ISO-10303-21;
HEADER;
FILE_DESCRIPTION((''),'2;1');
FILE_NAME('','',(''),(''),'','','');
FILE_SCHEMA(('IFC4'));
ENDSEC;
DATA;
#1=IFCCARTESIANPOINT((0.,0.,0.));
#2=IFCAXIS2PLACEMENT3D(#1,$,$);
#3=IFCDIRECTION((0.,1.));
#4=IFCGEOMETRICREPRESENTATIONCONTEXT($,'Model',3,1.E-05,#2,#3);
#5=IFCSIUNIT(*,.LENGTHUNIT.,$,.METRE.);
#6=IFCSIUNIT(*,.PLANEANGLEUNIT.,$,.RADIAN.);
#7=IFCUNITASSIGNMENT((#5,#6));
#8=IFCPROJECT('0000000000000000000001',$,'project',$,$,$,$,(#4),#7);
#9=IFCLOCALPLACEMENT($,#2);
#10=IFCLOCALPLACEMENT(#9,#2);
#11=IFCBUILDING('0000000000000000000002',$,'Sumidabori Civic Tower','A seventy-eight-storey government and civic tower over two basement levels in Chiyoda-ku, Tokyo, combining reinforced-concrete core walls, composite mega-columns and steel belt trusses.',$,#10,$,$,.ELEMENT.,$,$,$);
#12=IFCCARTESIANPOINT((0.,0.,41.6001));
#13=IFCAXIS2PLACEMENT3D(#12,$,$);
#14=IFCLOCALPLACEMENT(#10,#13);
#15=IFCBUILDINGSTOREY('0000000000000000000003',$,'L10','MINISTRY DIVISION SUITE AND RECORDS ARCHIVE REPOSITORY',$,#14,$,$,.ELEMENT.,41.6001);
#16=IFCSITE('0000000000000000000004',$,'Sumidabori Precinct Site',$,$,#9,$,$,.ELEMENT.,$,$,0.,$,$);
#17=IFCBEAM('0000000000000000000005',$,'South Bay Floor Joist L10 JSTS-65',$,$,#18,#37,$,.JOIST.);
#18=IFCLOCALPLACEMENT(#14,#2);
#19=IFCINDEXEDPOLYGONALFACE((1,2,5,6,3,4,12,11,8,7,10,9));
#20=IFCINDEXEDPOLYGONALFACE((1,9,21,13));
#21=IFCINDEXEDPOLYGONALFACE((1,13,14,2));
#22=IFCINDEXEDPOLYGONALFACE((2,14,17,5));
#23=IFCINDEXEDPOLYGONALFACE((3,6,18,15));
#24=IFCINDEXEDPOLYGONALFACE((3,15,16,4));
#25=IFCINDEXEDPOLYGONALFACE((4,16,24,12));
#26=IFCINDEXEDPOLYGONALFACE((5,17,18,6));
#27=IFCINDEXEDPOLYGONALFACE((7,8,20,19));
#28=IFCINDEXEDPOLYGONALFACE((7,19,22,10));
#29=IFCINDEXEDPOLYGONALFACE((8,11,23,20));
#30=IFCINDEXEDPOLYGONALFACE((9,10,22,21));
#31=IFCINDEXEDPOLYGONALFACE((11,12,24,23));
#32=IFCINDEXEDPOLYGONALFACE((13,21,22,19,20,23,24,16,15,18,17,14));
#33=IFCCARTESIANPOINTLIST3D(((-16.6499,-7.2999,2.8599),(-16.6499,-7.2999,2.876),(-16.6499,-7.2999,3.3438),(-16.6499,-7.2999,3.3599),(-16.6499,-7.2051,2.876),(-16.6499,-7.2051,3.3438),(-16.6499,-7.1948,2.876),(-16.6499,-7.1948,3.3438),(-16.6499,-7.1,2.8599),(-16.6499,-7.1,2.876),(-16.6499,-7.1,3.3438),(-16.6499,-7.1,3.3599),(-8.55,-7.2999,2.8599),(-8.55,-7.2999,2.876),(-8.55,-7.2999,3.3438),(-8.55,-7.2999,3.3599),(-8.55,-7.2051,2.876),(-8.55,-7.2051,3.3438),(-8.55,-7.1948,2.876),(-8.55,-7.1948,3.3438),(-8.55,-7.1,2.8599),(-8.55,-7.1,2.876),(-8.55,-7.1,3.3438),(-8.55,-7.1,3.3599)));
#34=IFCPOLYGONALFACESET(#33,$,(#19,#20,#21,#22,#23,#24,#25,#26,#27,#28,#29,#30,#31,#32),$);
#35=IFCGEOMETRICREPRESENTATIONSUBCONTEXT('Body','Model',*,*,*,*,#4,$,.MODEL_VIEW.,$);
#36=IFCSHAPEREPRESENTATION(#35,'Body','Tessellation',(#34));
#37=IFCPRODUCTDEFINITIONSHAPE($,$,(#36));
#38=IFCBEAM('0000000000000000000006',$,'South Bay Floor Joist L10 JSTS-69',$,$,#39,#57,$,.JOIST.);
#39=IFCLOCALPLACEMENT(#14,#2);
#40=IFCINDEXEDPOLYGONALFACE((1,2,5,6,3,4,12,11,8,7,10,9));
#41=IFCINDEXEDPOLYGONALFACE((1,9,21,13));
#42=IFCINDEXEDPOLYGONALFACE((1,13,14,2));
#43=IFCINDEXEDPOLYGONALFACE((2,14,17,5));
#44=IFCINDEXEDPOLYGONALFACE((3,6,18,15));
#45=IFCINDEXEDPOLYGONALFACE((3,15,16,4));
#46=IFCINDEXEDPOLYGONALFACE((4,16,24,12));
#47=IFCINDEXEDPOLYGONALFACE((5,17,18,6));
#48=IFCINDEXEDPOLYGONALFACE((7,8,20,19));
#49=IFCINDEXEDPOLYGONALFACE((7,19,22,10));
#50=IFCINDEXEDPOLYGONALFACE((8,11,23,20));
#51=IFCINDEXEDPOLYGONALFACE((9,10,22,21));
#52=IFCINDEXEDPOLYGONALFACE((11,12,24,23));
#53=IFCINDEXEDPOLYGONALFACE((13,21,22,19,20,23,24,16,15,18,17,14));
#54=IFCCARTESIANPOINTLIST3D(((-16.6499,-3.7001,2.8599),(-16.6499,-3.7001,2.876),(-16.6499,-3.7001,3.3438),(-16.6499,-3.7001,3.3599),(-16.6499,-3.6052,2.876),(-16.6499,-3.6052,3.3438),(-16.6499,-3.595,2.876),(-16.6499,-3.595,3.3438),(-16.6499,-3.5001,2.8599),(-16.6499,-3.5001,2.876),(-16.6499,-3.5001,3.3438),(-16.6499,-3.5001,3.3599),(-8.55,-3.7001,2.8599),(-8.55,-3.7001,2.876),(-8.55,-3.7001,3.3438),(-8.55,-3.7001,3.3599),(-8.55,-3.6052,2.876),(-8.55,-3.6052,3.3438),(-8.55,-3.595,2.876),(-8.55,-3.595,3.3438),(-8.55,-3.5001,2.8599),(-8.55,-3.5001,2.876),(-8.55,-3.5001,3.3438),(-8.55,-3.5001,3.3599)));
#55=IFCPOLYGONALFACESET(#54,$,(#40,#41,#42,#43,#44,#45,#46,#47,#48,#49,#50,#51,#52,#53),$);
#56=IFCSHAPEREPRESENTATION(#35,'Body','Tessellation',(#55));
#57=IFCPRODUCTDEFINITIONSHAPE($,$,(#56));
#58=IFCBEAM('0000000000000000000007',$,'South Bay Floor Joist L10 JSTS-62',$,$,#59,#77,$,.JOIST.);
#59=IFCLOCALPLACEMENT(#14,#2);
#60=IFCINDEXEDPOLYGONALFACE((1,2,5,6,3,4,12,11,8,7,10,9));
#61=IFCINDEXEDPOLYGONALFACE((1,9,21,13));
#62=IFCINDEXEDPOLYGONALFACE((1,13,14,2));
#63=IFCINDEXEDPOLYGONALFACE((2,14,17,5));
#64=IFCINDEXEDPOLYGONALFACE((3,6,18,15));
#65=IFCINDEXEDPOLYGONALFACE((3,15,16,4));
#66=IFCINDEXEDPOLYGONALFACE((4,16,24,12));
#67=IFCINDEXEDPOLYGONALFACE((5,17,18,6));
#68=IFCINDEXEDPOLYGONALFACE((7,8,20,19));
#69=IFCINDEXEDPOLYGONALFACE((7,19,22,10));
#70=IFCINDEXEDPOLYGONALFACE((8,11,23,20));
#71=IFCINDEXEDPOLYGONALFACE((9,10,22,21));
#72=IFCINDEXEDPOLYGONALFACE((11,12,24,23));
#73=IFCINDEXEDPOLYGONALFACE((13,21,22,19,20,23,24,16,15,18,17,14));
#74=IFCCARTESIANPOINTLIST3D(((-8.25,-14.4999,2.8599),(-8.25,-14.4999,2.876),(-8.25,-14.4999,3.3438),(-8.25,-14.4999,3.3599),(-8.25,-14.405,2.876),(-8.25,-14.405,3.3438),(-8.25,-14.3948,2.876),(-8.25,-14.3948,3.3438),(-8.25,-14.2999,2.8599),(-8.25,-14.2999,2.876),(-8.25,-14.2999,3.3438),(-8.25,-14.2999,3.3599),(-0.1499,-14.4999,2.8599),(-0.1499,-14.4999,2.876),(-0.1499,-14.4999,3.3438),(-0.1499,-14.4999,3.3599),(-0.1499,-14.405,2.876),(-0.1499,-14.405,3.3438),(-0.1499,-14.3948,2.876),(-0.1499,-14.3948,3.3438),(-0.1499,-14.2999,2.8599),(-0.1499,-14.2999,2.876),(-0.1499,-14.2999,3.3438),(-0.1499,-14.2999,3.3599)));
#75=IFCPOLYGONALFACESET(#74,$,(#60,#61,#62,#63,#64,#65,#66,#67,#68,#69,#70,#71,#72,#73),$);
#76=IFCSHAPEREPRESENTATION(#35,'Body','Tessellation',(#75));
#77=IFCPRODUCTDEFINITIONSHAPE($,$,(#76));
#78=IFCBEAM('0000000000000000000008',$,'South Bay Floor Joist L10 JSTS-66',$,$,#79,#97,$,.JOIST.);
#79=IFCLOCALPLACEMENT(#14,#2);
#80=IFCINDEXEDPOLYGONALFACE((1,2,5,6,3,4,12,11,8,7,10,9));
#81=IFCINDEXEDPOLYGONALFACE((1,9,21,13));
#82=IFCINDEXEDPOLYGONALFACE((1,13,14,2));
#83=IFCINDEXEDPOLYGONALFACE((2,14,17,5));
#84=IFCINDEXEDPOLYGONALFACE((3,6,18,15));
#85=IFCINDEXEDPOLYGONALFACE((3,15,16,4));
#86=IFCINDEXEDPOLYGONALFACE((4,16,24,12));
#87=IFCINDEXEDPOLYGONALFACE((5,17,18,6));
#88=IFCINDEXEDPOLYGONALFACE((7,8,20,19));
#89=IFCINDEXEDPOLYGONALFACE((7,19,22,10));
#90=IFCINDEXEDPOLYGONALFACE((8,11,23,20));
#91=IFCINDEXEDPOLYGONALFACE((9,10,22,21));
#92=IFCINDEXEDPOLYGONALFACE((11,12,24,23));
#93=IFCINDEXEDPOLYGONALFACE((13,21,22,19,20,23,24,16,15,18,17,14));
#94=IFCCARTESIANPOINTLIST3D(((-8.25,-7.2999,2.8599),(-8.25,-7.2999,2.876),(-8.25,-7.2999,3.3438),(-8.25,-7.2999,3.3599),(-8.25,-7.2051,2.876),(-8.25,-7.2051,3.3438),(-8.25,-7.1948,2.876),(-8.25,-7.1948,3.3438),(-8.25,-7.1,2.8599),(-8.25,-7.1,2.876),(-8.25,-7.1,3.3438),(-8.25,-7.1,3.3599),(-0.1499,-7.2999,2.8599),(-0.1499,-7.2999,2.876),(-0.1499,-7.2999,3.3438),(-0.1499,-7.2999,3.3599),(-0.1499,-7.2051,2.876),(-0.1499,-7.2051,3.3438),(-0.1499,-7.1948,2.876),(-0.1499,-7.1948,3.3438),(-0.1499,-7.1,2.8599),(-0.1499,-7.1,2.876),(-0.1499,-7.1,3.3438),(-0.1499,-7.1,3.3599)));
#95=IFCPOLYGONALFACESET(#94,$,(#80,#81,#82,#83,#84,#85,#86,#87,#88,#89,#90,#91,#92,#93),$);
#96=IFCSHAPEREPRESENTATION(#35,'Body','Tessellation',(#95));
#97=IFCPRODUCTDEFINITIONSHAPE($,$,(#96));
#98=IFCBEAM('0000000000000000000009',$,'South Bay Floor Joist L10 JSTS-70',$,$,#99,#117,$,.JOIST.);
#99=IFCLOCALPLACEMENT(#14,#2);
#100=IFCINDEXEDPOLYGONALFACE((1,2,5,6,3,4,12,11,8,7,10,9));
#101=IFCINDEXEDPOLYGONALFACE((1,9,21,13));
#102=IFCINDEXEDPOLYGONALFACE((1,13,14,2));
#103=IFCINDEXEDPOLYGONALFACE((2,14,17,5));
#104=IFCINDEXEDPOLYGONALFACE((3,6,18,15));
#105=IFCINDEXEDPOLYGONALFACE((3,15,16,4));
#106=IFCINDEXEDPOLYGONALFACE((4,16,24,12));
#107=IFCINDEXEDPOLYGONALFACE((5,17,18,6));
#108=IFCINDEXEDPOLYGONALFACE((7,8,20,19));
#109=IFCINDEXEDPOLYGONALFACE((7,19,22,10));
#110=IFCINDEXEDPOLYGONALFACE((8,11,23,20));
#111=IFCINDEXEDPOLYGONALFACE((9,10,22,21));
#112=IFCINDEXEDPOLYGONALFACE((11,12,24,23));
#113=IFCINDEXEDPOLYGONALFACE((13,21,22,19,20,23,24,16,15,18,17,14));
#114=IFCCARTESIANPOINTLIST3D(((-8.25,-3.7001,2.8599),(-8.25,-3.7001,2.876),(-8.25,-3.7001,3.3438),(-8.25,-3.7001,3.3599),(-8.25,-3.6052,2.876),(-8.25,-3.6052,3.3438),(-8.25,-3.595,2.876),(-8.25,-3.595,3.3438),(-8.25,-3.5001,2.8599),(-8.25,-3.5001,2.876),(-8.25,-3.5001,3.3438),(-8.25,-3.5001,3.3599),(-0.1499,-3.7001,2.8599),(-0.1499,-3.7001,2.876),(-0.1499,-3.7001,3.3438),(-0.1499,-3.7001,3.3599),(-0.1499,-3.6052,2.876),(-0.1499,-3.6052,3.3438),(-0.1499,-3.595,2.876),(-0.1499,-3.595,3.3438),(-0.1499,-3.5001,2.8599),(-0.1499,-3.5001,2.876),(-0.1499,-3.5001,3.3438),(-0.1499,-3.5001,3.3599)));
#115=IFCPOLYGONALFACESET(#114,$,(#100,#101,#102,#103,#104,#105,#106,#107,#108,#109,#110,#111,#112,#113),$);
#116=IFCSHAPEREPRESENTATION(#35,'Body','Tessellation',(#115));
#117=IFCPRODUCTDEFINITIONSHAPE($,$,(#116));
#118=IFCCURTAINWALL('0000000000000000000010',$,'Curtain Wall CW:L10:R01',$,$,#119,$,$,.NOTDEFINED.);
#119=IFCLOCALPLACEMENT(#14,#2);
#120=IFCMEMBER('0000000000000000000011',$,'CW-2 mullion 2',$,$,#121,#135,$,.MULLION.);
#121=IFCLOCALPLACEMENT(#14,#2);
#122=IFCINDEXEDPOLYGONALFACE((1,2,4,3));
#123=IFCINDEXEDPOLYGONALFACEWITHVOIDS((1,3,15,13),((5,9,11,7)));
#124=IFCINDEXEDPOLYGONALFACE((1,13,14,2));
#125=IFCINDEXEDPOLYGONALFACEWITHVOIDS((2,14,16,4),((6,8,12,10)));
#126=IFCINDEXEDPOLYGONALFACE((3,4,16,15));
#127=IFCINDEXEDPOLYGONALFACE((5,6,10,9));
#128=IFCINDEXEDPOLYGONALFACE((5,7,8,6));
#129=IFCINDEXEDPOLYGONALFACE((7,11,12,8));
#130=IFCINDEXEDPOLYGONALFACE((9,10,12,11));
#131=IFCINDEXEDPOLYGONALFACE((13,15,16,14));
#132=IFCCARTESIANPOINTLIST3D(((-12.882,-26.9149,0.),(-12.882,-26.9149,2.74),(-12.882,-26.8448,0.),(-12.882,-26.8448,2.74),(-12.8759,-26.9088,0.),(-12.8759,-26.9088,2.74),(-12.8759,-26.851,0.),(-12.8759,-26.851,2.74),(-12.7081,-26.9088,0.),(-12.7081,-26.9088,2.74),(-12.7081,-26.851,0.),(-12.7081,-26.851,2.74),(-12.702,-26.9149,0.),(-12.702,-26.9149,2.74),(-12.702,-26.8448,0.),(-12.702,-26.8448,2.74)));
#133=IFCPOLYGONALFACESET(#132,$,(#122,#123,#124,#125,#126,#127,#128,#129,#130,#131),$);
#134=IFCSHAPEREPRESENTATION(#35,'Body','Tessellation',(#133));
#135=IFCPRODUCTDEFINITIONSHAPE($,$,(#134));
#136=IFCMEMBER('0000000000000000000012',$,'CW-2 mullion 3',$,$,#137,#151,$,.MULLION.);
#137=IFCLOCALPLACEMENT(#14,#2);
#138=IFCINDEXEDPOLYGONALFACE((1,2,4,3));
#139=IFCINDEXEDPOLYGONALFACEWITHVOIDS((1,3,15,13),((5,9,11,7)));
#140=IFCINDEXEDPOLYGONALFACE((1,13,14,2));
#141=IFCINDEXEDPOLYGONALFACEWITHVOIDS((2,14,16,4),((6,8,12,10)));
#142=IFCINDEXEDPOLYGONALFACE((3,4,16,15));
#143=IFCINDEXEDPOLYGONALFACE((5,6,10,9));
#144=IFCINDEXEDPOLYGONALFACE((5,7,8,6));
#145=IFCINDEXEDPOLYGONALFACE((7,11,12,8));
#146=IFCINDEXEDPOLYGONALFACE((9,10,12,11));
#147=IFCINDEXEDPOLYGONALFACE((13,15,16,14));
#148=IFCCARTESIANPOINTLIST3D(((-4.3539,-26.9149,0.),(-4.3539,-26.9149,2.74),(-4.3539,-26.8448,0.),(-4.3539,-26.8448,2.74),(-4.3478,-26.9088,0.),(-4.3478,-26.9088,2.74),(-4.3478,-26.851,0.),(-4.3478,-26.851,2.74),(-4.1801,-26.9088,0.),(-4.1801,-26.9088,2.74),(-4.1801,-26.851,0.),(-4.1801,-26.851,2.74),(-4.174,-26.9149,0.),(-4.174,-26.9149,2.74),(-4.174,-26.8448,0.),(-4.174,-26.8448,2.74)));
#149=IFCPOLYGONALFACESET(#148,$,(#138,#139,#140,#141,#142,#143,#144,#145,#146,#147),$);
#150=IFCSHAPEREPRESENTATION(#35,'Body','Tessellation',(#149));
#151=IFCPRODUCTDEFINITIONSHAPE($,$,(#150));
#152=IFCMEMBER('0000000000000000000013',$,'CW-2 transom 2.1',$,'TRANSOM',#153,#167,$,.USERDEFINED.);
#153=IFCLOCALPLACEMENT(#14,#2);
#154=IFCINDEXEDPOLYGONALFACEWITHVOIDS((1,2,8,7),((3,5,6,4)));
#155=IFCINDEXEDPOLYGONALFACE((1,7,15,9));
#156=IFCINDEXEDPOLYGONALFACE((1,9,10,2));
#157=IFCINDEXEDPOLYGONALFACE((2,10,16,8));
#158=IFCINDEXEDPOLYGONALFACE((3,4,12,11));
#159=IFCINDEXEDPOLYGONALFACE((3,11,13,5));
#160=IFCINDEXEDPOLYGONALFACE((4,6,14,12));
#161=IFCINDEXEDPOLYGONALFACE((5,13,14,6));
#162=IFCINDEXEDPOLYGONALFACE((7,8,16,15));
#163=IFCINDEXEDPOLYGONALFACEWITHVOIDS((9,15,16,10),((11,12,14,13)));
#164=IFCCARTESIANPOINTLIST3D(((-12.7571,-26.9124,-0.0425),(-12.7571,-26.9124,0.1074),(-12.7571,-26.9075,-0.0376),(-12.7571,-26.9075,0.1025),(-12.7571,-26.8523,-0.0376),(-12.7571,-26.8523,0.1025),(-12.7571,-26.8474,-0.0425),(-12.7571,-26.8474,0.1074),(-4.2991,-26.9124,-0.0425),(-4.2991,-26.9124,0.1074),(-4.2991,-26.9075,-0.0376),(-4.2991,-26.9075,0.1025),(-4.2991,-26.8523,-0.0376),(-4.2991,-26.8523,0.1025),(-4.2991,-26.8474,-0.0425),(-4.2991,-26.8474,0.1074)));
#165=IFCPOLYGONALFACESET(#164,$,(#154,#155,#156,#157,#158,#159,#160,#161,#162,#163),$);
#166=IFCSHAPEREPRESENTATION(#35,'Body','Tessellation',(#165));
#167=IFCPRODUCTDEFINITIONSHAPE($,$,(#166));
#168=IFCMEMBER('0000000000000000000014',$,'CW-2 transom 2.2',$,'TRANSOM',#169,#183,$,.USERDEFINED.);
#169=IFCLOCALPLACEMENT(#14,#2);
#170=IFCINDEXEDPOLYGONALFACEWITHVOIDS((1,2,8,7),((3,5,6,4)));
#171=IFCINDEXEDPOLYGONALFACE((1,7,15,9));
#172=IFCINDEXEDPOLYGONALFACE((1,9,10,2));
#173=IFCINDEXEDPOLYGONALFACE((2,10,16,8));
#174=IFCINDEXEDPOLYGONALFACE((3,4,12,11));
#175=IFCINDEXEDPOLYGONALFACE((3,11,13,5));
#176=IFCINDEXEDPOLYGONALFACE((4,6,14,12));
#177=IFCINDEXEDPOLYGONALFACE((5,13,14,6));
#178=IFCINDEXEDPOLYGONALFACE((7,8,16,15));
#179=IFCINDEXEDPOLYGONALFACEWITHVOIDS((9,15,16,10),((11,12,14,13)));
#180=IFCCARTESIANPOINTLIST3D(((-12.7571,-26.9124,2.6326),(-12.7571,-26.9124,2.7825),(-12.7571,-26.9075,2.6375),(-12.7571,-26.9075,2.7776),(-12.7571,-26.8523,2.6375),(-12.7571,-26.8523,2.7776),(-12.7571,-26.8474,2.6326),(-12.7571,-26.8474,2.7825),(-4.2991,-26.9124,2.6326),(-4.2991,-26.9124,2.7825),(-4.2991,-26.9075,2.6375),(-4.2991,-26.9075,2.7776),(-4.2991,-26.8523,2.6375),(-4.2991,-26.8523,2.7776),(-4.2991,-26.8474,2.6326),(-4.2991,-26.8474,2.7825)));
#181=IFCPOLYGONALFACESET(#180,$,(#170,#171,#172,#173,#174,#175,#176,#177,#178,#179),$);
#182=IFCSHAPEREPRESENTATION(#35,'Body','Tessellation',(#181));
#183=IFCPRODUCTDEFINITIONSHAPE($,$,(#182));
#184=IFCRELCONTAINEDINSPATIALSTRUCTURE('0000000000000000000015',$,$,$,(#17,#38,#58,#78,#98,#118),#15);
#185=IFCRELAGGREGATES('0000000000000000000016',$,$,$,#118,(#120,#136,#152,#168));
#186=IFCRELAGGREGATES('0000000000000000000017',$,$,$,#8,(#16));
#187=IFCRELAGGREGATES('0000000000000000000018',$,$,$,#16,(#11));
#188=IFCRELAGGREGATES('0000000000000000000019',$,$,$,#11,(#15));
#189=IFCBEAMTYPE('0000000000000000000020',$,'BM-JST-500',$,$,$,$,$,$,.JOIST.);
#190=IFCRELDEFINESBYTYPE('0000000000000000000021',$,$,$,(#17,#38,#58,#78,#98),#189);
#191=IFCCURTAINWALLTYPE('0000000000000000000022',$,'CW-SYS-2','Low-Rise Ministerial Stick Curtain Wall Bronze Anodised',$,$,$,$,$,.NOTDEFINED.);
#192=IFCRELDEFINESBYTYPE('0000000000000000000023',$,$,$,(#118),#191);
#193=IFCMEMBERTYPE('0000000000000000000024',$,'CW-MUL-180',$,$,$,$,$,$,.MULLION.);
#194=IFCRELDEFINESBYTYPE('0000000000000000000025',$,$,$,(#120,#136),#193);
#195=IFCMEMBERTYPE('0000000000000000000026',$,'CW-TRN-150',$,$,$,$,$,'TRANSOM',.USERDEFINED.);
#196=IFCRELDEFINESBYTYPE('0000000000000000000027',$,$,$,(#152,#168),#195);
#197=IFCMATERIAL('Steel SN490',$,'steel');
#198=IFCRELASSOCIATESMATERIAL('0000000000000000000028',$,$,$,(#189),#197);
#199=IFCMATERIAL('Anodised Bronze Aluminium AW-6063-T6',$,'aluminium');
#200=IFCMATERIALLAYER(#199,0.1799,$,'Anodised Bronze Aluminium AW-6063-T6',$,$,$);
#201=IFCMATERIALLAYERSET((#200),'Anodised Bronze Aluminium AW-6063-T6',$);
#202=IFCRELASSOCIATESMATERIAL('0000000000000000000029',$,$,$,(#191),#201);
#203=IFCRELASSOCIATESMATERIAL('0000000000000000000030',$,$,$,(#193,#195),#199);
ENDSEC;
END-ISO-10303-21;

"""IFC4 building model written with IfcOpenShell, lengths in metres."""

from ifc_helpers import new_model, si_unit, direction, frame, origin, origin_2d, place, context, subcontext, project, spatial, hollow_rectangle, i_section, extrude, source, transform, mapped, material, layer, layer_set, material_profile, profile_set, type_object, element, aggregate, save


model = new_model("IFC4")

# Units and contexts
model_context = context("Model", 3, precision=1e-05, world=origin(), true_north=direction((0.0, 1.0)))
body_context = subcontext(model_context, "Body", "Model", "MODEL_VIEW")
ifc_project = project(units=[si_unit("LENGTHUNIT", "METRE"), si_unit("PLANEANGLEUNIT", "RADIAN")], contexts=[model_context])

# Site, building, storey
site_placement = place(None, origin())
site = spatial("IfcSite", under=ifc_project, at=site_placement, Name="Sumidabori Precinct Site", CompositionType="ELEMENT", RefElevation=0.0)
building_placement = place(site_placement, origin())
building = spatial("IfcBuilding", under=site, at=building_placement, Name="Sumidabori Civic Tower", Description="A seventy-eight-storey government and civic tower over two basement levels in Chiyoda-ku, Tokyo, combining reinforced-concrete core walls, composite mega-columns and steel belt trusses.", CompositionType="ELEMENT")
storey_placement = place(building_placement, frame((0.0, 0.0, 41.6001)))
storey = spatial("IfcBuildingStorey", under=building, at=storey_placement, Name="L10", Description="MINISTRY DIVISION SUITE AND RECORDS ARCHIVE REPOSITORY", CompositionType="ELEMENT", Elevation=41.6001)

# Beams
ifc_material_1 = material(Name="Steel SN490", Category="steel")
ifc_material_profile_1 = material_profile(ifc_material_1, i_section(OverallWidth=0.2, OverallDepth=0.5, WebThickness=0.0103, FlangeThickness=0.0161, at=origin_2d()), Name="IPE 500")
ifc_profile_set_1 = profile_set([ifc_material_profile_1], Name="Steel SN490")
beam_type_1 = type_object("IfcBeamType", Name="BM-JST-500", PredefinedType="JOIST", material=ifc_profile_set_1)
shared_shape_1 = source(origin(), body_context, "Body", "SweptSolid", [
    extrude(i_section(OverallWidth=0.2, OverallDepth=0.5, WebThickness=0.0103, FlangeThickness=0.0161, at=origin_2d()), origin(), (0.0, 0.0, 1.0), 8.0999),
])
for number, where, z_axis, x_axis, name in (
    (1, (-16.6499, -7.2, 3.1099), (1.0, 0.0, 0.0), (0.0, 1.0, 0.0), "South Bay Floor Joist L10 JSTS-65"),
    (2, (-16.6499, -3.6001, 3.1099), (1.0, 0.0, 0.0), (0.0, 1.0, 0.0), "South Bay Floor Joist L10 JSTS-69"),
):
    element("IfcBeam", number, at=place(storey_placement, frame(where, z_axis=z_axis, x_axis=x_axis)), inside=storey, type_object=beam_type_1, Name=name, PredefinedType="JOIST", context=body_context, shape_type="MappedRepresentation", body=[
        mapped(shared_shape_1, transform((0.0, 0.0, 0.0), x_axis=(1.0, 0.0, 0.0), y_axis=(0.0, 1.0, 0.0), z_axis=(0.0, 0.0, 1.0), scale=1.0)),
    ])
shared_shape_2 = source(origin(), body_context, "Body", "SweptSolid", [
    extrude(i_section(OverallWidth=0.2, OverallDepth=0.5, WebThickness=0.0103, FlangeThickness=0.0161, at=origin_2d()), origin(), (0.0, 0.0, 1.0), 8.1001),
])
for number, where, z_axis, x_axis, name in (
    (3, (-8.25, -14.3999, 3.1099), (1.0, 0.0, 0.0), (0.0, 1.0, 0.0), "South Bay Floor Joist L10 JSTS-62"),
    (4, (-8.25, -7.2, 3.1099), (1.0, 0.0, 0.0), (0.0, 1.0, 0.0), "South Bay Floor Joist L10 JSTS-66"),
    (5, (-8.25, -3.6001, 3.1099), (1.0, 0.0, 0.0), (0.0, 1.0, 0.0), "South Bay Floor Joist L10 JSTS-70"),
):
    element("IfcBeam", number, at=place(storey_placement, frame(where, z_axis=z_axis, x_axis=x_axis)), inside=storey, type_object=beam_type_1, Name=name, PredefinedType="JOIST", context=body_context, shape_type="MappedRepresentation", body=[
        mapped(shared_shape_2, transform((0.0, 0.0, 0.0), x_axis=(1.0, 0.0, 0.0), y_axis=(0.0, 1.0, 0.0), z_axis=(0.0, 0.0, 1.0), scale=1.0)),
    ])

# Curtain wall, members
ifc_material_2 = material(Name="Anodised Bronze Aluminium AW-6063-T6", Category="aluminium")
ifc_layer_1 = layer(ifc_material_2, 0.1799, Name="Anodised Bronze Aluminium AW-6063-T6")
ifc_layer_set_1 = layer_set([ifc_layer_1], Name="Anodised Bronze Aluminium AW-6063-T6")
curtain_wall_type = type_object("IfcCurtainWallType", Name="CW-SYS-2", Description="Low-Rise Ministerial Stick Curtain Wall Bronze Anodised", PredefinedType="NOTDEFINED", material=ifc_layer_set_1)
curtain_wall_placement = place(storey_placement, origin())
curtain_wall = element("IfcCurtainWall", 6, at=curtain_wall_placement, inside=storey, type_object=curtain_wall_type, Name="Curtain Wall CW:L10:R01", PredefinedType="NOTDEFINED")
ifc_material_profile_2 = material_profile(ifc_material_2, hollow_rectangle(XDim=0.0701, YDim=0.1799, WallThickness=0.0061, at=origin_2d()), Name="ALU MULLION 180x70")
ifc_profile_set_2 = profile_set([ifc_material_profile_2], Name="Anodised Bronze Aluminium AW-6063-T6")
member_type_1 = type_object("IfcMemberType", Name="CW-MUL-180", PredefinedType="MULLION", material=ifc_profile_set_2)
shared_shape_3 = source(origin(), body_context, "Body", "SweptSolid", [
    extrude(hollow_rectangle(XDim=0.0701, YDim=0.1799, WallThickness=0.0061, at=origin_2d()), origin(), (0.0, 0.0, 1.0), 2.74),
])
member_1_placement = place(storey_placement, frame((-12.792, -26.8799, 0.0), z_axis=(0.0, 0.0, 1.0), x_axis=(0.0, 1.0, 0.0)))
member_1 = element("IfcMember", 7, at=member_1_placement, type_object=member_type_1, Name="CW-2 mullion 2", PredefinedType="MULLION", context=body_context, shape_type="MappedRepresentation", body=[
    mapped(shared_shape_3, transform((0.0, 0.0, 0.0), x_axis=(1.0, 0.0, 0.0), y_axis=(0.0, 1.0, 0.0), z_axis=(0.0, 0.0, 1.0), scale=1.0)),
])
member_2_placement = place(storey_placement, frame((-4.2639, -26.8799, 0.0), z_axis=(0.0, 0.0, 1.0), x_axis=(0.0, 1.0, 0.0)))
member_2 = element("IfcMember", 8, at=member_2_placement, type_object=member_type_1, Name="CW-2 mullion 3", PredefinedType="MULLION", context=body_context, shape_type="MappedRepresentation", body=[
    mapped(shared_shape_3, transform((0.0, 0.0, 0.0), x_axis=(1.0, 0.0, 0.0), y_axis=(0.0, 1.0, 0.0), z_axis=(0.0, 0.0, 1.0), scale=1.0)),
])
ifc_material_profile_3 = material_profile(ifc_material_2, hollow_rectangle(XDim=0.0649, YDim=0.1499, WallThickness=0.0049, at=origin_2d()), Name="ALU TRANSOM 150x65")
ifc_profile_set_3 = profile_set([ifc_material_profile_3], Name="Anodised Bronze Aluminium AW-6063-T6")
member_type_2 = type_object("IfcMemberType", Name="CW-TRN-150", ElementType="TRANSOM", PredefinedType="USERDEFINED", material=ifc_profile_set_3)
shared_shape_4 = source(origin(), body_context, "Body", "SweptSolid", [
    extrude(hollow_rectangle(XDim=0.0649, YDim=0.1499, WallThickness=0.0049, at=origin_2d()), origin(), (0.0, 0.0, 1.0), 8.458),
])
member_3_placement = place(storey_placement, frame((-12.7571, -26.8799, 0.0325), z_axis=(1.0, 0.0, 0.0), x_axis=(0.0, 1.0, 0.0)))
member_3 = element("IfcMember", 9, at=member_3_placement, type_object=member_type_2, Name="CW-2 transom 2.1", ObjectType="TRANSOM", PredefinedType="USERDEFINED", context=body_context, shape_type="MappedRepresentation", body=[
    mapped(shared_shape_4, transform((0.0, 0.0, 0.0), x_axis=(1.0, 0.0, 0.0), y_axis=(0.0, 1.0, 0.0), z_axis=(0.0, 0.0, 1.0), scale=1.0)),
])
member_4_placement = place(storey_placement, frame((-12.7571, -26.8799, 2.7075), z_axis=(1.0, 0.0, 0.0), x_axis=(0.0, 1.0, 0.0)))
member_4 = element("IfcMember", 10, at=member_4_placement, type_object=member_type_2, Name="CW-2 transom 2.2", ObjectType="TRANSOM", PredefinedType="USERDEFINED", context=body_context, shape_type="MappedRepresentation", body=[
    mapped(shared_shape_4, transform((0.0, 0.0, 0.0), x_axis=(1.0, 0.0, 0.0), y_axis=(0.0, 1.0, 0.0), z_axis=(0.0, 0.0, 1.0), scale=1.0)),
])
aggregate(curtain_wall, [member_1, member_2, member_3, member_4])

save(model, "model.ifc")
